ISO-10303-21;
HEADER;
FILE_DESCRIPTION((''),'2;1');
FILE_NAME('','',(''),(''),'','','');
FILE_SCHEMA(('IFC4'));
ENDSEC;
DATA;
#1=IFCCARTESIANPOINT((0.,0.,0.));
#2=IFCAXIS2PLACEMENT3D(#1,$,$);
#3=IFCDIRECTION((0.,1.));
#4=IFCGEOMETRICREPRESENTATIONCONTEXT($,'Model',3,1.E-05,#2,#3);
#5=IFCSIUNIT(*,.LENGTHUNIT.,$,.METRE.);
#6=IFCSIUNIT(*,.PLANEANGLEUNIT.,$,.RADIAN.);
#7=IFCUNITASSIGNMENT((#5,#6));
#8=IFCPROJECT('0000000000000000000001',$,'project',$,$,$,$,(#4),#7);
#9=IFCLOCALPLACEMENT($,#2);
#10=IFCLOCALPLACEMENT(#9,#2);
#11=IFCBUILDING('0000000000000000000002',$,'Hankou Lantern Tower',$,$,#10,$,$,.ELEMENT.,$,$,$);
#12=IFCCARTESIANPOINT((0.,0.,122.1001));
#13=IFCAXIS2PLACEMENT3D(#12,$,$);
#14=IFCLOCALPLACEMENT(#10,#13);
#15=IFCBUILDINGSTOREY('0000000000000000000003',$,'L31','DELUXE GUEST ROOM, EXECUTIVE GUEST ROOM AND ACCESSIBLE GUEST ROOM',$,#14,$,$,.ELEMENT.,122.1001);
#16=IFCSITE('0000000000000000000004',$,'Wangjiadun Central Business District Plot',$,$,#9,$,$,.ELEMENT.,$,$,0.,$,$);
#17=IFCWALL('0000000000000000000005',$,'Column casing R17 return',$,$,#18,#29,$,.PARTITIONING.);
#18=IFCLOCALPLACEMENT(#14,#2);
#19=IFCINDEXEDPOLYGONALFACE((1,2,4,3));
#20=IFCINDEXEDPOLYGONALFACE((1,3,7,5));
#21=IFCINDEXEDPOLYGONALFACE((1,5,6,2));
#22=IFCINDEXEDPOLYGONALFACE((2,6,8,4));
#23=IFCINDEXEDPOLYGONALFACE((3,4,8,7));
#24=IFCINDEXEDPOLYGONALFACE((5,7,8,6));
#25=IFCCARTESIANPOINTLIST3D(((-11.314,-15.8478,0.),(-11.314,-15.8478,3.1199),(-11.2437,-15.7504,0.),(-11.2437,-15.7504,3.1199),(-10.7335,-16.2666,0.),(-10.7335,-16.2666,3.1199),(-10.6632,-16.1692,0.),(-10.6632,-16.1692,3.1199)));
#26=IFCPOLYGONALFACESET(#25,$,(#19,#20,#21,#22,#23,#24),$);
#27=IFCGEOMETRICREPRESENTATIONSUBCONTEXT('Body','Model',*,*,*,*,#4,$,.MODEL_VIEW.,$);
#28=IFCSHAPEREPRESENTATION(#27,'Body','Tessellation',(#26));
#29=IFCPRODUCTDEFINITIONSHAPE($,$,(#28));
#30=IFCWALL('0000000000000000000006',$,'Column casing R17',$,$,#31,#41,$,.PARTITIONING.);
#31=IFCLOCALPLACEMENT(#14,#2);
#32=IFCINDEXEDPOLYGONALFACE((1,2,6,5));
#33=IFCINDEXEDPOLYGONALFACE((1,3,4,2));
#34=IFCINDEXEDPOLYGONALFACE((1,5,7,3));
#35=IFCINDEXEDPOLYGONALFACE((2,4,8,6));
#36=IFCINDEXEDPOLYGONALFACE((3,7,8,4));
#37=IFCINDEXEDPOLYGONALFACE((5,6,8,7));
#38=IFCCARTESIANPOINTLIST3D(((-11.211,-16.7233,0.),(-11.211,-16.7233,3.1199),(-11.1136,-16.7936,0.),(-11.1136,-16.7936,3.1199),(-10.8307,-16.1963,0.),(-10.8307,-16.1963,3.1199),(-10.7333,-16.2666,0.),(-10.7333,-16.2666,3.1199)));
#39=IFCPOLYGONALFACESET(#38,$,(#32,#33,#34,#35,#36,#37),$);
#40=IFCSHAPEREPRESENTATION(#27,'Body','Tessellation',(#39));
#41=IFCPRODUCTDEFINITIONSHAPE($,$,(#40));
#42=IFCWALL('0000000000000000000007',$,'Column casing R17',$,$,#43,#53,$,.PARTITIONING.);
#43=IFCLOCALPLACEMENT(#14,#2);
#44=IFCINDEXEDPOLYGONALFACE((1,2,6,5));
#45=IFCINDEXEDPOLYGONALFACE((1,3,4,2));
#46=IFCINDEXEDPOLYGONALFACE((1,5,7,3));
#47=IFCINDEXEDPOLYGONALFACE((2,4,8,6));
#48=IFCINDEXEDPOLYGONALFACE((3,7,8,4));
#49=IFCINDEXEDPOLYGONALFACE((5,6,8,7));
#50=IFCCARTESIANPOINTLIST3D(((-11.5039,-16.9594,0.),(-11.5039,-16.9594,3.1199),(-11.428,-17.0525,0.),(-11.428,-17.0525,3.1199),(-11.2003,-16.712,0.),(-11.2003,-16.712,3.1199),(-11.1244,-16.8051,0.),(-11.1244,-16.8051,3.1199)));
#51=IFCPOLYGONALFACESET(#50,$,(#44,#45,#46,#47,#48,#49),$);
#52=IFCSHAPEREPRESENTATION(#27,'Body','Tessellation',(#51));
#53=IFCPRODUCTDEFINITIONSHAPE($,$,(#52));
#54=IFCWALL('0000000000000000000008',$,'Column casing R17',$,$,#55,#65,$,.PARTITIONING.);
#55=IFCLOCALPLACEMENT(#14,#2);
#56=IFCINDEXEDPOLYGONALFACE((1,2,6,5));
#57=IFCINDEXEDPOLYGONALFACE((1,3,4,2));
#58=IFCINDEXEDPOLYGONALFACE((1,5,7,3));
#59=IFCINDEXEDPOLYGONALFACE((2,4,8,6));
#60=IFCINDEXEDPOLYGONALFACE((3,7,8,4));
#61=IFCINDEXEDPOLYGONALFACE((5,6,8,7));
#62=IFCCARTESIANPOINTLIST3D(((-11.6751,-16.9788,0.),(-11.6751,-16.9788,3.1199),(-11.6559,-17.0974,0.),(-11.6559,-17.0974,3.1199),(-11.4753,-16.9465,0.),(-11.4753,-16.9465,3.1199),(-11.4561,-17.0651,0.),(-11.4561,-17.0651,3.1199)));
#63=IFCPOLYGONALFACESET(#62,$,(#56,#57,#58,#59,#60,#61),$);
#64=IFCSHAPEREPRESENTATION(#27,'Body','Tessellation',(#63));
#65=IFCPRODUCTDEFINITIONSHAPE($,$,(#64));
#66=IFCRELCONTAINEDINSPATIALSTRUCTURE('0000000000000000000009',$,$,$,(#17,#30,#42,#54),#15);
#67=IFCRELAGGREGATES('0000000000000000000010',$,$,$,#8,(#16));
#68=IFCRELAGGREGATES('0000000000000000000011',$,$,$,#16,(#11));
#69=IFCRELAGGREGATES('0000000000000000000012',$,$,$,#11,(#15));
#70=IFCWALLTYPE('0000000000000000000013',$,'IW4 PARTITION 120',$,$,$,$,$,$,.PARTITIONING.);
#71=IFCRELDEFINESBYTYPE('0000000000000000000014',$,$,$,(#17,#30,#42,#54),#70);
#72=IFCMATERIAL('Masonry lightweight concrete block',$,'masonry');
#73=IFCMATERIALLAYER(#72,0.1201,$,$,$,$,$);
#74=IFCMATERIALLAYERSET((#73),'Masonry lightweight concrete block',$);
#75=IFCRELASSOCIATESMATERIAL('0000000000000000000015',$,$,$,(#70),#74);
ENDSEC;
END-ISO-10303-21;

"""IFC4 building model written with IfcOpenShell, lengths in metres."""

from ifc_helpers import new_model, si_unit, direction, frame, frame_2d, origin, place, context, subcontext, project, spatial, rectangle, extrude, material, layer, layer_set, type_object, element, save


model = new_model("IFC4")

# Units and contexts
model_context = context("Model", 3, precision=1e-05, world=origin(), true_north=direction((0.0, 1.0)))
body_context = subcontext(model_context, "Body", "Model", "MODEL_VIEW")
ifc_project = project(units=[si_unit("LENGTHUNIT", "METRE"), si_unit("PLANEANGLEUNIT", "RADIAN")], contexts=[model_context])

# Site, building, storey
site_placement = place(None, origin())
site = spatial("IfcSite", under=ifc_project, at=site_placement, Name="Wangjiadun Central Business District Plot", CompositionType="ELEMENT", RefElevation=0.0)
building_placement = place(site_placement, origin())
building = spatial("IfcBuilding", under=site, at=building_placement, Name="Hankou Lantern Tower", CompositionType="ELEMENT")
storey_placement = place(building_placement, frame((0.0, 0.0, 122.1001)))
storey = spatial("IfcBuildingStorey", under=building, at=storey_placement, Name="L31", Description="DELUXE GUEST ROOM, EXECUTIVE GUEST ROOM AND ACCESSIBLE GUEST ROOM", CompositionType="ELEMENT", Elevation=122.1001)

# Walls
ifc_material_1 = material(Name="Masonry lightweight concrete block", Category="masonry")
ifc_layer_1 = layer(ifc_material_1, 0.1201)
ifc_layer_set_1 = layer_set([ifc_layer_1], Name="Masonry lightweight concrete block")
wall_type_1 = type_object("IfcWallType", Name="IW4 PARTITION 120", PredefinedType="PARTITIONING", material=ifc_layer_set_1)
wall_1_placement = place(storey_placement, frame((-11.2788, -15.7991, 0.0), z_axis=(0.0, 0.0, 1.0), x_axis=(0.810913, -0.585167, 0.0)))
element("IfcWall", 1, at=wall_1_placement, inside=storey, type_object=wall_type_1, Name="Column casing R17 return", PredefinedType="PARTITIONING", context=body_context, shape_type="SweptSolid", body=[
    extrude(rectangle(XDim=0.7158, YDim=0.1201, at=frame_2d((0.3579, 0.0))), origin(), (0.0, 0.0, 1.0), 3.1199),
])
wall_2_placement = place(storey_placement, frame((-10.782, -16.2314, 0.0), z_axis=(0.0, 0.0, 1.0), x_axis=(-0.585175, -0.810907, 0.0)))
element("IfcWall", 2, at=wall_2_placement, inside=storey, type_object=wall_type_1, Name="Column casing R17", PredefinedType="PARTITIONING", context=body_context, shape_type="SweptSolid", body=[
    extrude(rectangle(XDim=0.6499, YDim=0.1201, at=frame_2d((0.325, 0.0))), origin(), (0.0, 0.0, 1.0), 3.1199),
])
wall_3_placement = place(storey_placement, frame((-11.1624, -16.7585, 0.0), z_axis=(0.0, 0.0, 1.0), x_axis=(-0.775178, -0.631742, 0.0)))
element("IfcWall", 3, at=wall_3_placement, inside=storey, type_object=wall_type_1, Name="Column casing R17", PredefinedType="PARTITIONING", context=body_context, shape_type="SweptSolid", body=[
    extrude(rectangle(XDim=0.3916, YDim=0.1201, at=frame_2d((0.1958, 0.0))), origin(), (0.0, 0.0, 1.0), 3.1199),
])
wall_4_placement = place(storey_placement, frame((-11.4658, -17.0059, 0.0), z_axis=(0.0, 0.0, 1.0), x_axis=(-0.987229, -0.159308, 0.0)))
element("IfcWall", 4, at=wall_4_placement, inside=storey, type_object=wall_type_1, Name="Column casing R17", PredefinedType="PARTITIONING", context=body_context, shape_type="SweptSolid", body=[
    extrude(rectangle(XDim=0.2024, YDim=0.1201, at=frame_2d((0.1011, 0.0))), origin(), (0.0, 0.0, 1.0), 3.1199),
])

save(model, "model.ifc")
